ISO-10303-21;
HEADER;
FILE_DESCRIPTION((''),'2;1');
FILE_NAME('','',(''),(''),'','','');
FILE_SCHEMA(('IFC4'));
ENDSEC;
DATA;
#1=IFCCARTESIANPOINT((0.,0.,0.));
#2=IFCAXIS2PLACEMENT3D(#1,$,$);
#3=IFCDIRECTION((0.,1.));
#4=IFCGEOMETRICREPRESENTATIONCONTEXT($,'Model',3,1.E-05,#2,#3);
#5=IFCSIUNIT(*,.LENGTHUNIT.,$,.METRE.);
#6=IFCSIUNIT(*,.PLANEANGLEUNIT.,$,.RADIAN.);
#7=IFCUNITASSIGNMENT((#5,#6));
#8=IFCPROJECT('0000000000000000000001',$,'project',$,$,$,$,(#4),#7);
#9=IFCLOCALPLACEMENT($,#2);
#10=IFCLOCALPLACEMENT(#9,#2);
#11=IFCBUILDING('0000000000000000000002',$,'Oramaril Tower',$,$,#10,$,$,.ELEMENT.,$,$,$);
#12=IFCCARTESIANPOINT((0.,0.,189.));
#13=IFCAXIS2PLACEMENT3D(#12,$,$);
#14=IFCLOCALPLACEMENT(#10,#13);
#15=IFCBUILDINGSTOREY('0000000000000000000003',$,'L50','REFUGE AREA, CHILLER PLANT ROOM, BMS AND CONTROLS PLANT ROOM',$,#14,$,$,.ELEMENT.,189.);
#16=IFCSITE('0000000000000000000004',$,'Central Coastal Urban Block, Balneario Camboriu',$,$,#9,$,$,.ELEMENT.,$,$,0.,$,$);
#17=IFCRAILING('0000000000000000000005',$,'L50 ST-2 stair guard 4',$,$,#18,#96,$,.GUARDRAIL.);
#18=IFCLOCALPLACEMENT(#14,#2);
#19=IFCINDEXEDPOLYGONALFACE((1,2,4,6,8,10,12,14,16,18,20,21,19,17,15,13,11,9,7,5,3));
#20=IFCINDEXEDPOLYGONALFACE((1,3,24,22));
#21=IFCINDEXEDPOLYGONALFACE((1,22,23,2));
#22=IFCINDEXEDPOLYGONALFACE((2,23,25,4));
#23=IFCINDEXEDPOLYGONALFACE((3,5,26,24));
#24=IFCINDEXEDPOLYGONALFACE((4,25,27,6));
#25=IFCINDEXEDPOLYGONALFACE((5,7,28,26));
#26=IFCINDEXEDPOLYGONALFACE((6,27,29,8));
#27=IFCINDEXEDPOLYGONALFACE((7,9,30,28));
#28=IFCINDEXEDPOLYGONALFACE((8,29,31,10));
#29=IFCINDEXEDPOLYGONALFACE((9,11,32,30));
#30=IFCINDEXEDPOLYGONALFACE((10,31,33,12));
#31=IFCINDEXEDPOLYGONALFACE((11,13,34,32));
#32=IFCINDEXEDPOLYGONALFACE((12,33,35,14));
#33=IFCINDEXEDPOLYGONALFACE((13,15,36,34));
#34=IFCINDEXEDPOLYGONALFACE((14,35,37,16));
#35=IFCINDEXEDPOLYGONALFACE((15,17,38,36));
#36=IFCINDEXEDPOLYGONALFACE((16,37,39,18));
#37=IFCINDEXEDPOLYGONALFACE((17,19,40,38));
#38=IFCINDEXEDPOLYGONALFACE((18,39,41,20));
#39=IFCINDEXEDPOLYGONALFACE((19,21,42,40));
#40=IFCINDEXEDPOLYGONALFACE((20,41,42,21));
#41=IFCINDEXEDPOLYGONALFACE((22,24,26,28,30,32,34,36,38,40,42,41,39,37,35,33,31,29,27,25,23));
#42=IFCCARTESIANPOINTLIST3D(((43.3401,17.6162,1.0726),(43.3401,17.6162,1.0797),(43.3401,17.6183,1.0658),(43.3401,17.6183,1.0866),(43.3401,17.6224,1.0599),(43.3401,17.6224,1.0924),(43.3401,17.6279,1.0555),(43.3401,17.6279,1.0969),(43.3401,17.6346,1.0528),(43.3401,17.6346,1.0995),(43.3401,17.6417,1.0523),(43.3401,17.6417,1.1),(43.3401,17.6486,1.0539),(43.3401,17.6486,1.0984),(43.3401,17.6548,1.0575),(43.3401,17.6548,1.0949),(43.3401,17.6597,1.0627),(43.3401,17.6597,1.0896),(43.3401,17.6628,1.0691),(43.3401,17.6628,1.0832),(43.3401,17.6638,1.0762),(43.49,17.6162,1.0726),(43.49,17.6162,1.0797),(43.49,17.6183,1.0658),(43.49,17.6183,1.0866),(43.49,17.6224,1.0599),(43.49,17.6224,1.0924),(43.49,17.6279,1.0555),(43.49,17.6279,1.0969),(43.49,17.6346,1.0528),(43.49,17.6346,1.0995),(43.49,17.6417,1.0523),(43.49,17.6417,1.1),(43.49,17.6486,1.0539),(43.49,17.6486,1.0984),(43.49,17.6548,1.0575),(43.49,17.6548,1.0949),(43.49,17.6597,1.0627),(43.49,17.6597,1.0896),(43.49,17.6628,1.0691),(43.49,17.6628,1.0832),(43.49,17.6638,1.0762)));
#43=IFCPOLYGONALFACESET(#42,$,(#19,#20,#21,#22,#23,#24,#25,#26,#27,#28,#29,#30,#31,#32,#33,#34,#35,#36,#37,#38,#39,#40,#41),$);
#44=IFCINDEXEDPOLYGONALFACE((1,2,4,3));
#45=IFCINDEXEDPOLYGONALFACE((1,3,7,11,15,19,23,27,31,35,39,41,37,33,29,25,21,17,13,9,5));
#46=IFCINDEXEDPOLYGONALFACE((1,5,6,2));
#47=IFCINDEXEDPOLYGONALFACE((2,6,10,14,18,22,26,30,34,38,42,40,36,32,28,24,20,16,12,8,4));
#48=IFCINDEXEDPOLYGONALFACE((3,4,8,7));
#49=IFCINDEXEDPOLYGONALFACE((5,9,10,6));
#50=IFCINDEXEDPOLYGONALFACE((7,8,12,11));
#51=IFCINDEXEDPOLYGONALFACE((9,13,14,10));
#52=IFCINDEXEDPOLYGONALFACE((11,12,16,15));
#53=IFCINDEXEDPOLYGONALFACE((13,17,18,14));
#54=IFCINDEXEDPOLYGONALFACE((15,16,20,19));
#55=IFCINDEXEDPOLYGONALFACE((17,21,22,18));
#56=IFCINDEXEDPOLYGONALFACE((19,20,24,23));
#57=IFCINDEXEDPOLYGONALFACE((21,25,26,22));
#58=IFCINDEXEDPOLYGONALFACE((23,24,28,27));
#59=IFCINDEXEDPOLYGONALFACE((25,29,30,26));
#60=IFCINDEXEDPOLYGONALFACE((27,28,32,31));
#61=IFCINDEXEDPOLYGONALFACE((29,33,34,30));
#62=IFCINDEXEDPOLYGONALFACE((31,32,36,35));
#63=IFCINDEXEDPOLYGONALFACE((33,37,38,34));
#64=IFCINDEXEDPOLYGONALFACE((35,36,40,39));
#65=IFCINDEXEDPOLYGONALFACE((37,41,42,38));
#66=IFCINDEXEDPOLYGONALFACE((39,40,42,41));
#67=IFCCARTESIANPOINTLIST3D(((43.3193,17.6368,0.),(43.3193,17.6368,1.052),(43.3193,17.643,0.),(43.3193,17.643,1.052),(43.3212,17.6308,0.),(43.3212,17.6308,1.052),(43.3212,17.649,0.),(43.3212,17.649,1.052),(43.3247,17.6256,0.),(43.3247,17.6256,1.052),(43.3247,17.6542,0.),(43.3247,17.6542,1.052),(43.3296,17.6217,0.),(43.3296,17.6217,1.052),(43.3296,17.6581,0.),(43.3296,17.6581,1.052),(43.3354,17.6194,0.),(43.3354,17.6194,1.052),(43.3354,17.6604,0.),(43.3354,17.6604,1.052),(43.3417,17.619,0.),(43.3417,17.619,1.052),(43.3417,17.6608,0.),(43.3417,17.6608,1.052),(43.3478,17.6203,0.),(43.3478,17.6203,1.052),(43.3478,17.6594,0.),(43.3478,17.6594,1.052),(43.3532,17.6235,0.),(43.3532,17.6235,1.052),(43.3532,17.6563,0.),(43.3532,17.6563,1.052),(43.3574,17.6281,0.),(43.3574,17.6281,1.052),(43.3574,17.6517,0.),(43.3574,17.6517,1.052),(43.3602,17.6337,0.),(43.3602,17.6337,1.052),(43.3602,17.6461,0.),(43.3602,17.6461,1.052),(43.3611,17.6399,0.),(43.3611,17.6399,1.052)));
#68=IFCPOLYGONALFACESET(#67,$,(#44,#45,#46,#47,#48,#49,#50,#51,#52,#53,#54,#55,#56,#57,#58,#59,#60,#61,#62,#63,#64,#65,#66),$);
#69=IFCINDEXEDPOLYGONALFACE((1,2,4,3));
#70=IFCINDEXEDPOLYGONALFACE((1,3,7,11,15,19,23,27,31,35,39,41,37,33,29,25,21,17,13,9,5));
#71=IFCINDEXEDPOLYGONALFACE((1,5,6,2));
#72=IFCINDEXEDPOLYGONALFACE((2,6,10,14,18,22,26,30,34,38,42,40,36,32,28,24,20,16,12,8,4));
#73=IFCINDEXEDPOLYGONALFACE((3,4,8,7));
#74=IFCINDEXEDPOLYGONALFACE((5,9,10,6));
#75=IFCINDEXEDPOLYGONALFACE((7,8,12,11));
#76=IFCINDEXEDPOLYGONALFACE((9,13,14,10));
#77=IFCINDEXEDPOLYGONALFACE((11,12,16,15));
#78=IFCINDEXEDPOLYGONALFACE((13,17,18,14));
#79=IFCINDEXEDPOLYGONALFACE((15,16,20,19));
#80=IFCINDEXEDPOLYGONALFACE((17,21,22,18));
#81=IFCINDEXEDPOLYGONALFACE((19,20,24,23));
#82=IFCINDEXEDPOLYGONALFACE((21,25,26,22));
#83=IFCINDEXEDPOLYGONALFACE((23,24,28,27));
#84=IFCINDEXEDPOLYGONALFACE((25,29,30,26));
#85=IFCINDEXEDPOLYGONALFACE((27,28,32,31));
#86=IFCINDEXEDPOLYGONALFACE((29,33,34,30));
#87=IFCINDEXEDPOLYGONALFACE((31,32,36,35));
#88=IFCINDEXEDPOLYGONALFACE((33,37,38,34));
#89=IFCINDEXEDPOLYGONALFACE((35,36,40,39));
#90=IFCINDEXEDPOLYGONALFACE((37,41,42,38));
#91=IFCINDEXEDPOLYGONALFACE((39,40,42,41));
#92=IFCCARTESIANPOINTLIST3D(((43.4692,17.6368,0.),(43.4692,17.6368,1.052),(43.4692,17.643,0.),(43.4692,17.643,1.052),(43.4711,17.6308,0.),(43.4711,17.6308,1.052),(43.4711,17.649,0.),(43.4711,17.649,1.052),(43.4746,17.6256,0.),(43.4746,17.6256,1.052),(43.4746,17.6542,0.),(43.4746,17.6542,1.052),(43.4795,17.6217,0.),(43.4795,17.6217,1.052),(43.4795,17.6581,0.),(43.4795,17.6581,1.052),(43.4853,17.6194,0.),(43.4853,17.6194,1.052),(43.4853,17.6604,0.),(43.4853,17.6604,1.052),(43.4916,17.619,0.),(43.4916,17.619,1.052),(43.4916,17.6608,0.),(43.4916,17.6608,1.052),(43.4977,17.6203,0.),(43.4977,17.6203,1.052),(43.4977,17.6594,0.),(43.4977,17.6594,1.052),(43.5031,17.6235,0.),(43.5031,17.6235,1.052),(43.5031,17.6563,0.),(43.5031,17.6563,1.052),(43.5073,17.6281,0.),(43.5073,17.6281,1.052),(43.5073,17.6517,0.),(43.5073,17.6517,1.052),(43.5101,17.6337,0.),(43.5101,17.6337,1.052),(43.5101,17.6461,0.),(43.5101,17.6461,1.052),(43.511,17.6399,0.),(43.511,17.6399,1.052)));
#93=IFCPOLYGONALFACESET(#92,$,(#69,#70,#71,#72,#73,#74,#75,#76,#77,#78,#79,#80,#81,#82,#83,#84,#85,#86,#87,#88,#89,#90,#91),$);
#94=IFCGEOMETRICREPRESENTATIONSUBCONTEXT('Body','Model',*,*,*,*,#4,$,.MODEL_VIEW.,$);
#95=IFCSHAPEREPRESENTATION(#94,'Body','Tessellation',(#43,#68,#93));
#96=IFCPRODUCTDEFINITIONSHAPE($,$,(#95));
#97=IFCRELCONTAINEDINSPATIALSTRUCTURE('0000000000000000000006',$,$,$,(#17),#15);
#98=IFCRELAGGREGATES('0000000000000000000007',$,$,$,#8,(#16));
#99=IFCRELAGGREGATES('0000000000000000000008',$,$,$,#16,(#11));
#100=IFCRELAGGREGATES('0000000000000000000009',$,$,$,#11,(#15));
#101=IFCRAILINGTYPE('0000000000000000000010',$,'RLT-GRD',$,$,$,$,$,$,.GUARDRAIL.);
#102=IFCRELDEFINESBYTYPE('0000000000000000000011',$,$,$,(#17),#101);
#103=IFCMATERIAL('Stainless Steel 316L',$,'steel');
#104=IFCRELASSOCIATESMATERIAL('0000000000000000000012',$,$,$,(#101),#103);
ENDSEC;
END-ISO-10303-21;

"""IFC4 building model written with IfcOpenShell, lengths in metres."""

from ifc_helpers import new_model, si_unit, direction, frame, origin, origin_2d, place, context, subcontext, project, spatial, circle, extrude, material, type_object, element, save


model = new_model("IFC4")

# Units and contexts
model_context = context("Model", 3, precision=1e-05, world=origin(), true_north=direction((0.0, 1.0)))
body_context = subcontext(model_context, "Body", "Model", "MODEL_VIEW")
ifc_project = project(units=[si_unit("LENGTHUNIT", "METRE"), si_unit("PLANEANGLEUNIT", "RADIAN")], contexts=[model_context])

# Site, building, storey
site_placement = place(None, origin())
site = spatial("IfcSite", under=ifc_project, at=site_placement, Name="Central Coastal Urban Block, Balneario Camboriu", CompositionType="ELEMENT", RefElevation=0.0)
building_placement = place(site_placement, origin())
building = spatial("IfcBuilding", under=site, at=building_placement, Name="Oramaril Tower", CompositionType="ELEMENT")
storey_placement = place(building_placement, frame((0.0, 0.0, 189.0)))
storey = spatial("IfcBuildingStorey", under=building, at=storey_placement, Name="L50", Description="REFUGE AREA, CHILLER PLANT ROOM, BMS AND CONTROLS PLANT ROOM", CompositionType="ELEMENT", Elevation=189.0)

# Railing
ifc_material_1 = material(Name="Stainless Steel 316L", Category="steel")
railing_type_1 = type_object("IfcRailingType", Name="RLT-GRD", PredefinedType="GUARDRAIL", material=ifc_material_1)
railing_1_placement = place(storey_placement, frame((43.3401, 17.6399, 0.0)))
element("IfcRailing", 1, at=railing_1_placement, inside=storey, type_object=railing_type_1, Name="L50 ST-2 stair guard 4", PredefinedType="GUARDRAIL", context=body_context, shape_type="SweptSolid", body=[
    extrude(circle(Radius=0.0239, at=origin_2d()), frame((0.0, 0.0, 1.0762), z_axis=(1.0, 0.0, 0.0), x_axis=(0.0, 1.0, 0.0)), (0.0, 0.0, 1.0), 0.1499),
    extrude(circle(Radius=0.021, at=origin_2d()), origin(), (0.0, 0.0, 1.0), 1.052),
    extrude(circle(Radius=0.021, at=origin_2d()), frame((0.1499, 0.0, 0.0)), (0.0, 0.0, 1.0), 1.052),
])

save(model, "model.ifc")
